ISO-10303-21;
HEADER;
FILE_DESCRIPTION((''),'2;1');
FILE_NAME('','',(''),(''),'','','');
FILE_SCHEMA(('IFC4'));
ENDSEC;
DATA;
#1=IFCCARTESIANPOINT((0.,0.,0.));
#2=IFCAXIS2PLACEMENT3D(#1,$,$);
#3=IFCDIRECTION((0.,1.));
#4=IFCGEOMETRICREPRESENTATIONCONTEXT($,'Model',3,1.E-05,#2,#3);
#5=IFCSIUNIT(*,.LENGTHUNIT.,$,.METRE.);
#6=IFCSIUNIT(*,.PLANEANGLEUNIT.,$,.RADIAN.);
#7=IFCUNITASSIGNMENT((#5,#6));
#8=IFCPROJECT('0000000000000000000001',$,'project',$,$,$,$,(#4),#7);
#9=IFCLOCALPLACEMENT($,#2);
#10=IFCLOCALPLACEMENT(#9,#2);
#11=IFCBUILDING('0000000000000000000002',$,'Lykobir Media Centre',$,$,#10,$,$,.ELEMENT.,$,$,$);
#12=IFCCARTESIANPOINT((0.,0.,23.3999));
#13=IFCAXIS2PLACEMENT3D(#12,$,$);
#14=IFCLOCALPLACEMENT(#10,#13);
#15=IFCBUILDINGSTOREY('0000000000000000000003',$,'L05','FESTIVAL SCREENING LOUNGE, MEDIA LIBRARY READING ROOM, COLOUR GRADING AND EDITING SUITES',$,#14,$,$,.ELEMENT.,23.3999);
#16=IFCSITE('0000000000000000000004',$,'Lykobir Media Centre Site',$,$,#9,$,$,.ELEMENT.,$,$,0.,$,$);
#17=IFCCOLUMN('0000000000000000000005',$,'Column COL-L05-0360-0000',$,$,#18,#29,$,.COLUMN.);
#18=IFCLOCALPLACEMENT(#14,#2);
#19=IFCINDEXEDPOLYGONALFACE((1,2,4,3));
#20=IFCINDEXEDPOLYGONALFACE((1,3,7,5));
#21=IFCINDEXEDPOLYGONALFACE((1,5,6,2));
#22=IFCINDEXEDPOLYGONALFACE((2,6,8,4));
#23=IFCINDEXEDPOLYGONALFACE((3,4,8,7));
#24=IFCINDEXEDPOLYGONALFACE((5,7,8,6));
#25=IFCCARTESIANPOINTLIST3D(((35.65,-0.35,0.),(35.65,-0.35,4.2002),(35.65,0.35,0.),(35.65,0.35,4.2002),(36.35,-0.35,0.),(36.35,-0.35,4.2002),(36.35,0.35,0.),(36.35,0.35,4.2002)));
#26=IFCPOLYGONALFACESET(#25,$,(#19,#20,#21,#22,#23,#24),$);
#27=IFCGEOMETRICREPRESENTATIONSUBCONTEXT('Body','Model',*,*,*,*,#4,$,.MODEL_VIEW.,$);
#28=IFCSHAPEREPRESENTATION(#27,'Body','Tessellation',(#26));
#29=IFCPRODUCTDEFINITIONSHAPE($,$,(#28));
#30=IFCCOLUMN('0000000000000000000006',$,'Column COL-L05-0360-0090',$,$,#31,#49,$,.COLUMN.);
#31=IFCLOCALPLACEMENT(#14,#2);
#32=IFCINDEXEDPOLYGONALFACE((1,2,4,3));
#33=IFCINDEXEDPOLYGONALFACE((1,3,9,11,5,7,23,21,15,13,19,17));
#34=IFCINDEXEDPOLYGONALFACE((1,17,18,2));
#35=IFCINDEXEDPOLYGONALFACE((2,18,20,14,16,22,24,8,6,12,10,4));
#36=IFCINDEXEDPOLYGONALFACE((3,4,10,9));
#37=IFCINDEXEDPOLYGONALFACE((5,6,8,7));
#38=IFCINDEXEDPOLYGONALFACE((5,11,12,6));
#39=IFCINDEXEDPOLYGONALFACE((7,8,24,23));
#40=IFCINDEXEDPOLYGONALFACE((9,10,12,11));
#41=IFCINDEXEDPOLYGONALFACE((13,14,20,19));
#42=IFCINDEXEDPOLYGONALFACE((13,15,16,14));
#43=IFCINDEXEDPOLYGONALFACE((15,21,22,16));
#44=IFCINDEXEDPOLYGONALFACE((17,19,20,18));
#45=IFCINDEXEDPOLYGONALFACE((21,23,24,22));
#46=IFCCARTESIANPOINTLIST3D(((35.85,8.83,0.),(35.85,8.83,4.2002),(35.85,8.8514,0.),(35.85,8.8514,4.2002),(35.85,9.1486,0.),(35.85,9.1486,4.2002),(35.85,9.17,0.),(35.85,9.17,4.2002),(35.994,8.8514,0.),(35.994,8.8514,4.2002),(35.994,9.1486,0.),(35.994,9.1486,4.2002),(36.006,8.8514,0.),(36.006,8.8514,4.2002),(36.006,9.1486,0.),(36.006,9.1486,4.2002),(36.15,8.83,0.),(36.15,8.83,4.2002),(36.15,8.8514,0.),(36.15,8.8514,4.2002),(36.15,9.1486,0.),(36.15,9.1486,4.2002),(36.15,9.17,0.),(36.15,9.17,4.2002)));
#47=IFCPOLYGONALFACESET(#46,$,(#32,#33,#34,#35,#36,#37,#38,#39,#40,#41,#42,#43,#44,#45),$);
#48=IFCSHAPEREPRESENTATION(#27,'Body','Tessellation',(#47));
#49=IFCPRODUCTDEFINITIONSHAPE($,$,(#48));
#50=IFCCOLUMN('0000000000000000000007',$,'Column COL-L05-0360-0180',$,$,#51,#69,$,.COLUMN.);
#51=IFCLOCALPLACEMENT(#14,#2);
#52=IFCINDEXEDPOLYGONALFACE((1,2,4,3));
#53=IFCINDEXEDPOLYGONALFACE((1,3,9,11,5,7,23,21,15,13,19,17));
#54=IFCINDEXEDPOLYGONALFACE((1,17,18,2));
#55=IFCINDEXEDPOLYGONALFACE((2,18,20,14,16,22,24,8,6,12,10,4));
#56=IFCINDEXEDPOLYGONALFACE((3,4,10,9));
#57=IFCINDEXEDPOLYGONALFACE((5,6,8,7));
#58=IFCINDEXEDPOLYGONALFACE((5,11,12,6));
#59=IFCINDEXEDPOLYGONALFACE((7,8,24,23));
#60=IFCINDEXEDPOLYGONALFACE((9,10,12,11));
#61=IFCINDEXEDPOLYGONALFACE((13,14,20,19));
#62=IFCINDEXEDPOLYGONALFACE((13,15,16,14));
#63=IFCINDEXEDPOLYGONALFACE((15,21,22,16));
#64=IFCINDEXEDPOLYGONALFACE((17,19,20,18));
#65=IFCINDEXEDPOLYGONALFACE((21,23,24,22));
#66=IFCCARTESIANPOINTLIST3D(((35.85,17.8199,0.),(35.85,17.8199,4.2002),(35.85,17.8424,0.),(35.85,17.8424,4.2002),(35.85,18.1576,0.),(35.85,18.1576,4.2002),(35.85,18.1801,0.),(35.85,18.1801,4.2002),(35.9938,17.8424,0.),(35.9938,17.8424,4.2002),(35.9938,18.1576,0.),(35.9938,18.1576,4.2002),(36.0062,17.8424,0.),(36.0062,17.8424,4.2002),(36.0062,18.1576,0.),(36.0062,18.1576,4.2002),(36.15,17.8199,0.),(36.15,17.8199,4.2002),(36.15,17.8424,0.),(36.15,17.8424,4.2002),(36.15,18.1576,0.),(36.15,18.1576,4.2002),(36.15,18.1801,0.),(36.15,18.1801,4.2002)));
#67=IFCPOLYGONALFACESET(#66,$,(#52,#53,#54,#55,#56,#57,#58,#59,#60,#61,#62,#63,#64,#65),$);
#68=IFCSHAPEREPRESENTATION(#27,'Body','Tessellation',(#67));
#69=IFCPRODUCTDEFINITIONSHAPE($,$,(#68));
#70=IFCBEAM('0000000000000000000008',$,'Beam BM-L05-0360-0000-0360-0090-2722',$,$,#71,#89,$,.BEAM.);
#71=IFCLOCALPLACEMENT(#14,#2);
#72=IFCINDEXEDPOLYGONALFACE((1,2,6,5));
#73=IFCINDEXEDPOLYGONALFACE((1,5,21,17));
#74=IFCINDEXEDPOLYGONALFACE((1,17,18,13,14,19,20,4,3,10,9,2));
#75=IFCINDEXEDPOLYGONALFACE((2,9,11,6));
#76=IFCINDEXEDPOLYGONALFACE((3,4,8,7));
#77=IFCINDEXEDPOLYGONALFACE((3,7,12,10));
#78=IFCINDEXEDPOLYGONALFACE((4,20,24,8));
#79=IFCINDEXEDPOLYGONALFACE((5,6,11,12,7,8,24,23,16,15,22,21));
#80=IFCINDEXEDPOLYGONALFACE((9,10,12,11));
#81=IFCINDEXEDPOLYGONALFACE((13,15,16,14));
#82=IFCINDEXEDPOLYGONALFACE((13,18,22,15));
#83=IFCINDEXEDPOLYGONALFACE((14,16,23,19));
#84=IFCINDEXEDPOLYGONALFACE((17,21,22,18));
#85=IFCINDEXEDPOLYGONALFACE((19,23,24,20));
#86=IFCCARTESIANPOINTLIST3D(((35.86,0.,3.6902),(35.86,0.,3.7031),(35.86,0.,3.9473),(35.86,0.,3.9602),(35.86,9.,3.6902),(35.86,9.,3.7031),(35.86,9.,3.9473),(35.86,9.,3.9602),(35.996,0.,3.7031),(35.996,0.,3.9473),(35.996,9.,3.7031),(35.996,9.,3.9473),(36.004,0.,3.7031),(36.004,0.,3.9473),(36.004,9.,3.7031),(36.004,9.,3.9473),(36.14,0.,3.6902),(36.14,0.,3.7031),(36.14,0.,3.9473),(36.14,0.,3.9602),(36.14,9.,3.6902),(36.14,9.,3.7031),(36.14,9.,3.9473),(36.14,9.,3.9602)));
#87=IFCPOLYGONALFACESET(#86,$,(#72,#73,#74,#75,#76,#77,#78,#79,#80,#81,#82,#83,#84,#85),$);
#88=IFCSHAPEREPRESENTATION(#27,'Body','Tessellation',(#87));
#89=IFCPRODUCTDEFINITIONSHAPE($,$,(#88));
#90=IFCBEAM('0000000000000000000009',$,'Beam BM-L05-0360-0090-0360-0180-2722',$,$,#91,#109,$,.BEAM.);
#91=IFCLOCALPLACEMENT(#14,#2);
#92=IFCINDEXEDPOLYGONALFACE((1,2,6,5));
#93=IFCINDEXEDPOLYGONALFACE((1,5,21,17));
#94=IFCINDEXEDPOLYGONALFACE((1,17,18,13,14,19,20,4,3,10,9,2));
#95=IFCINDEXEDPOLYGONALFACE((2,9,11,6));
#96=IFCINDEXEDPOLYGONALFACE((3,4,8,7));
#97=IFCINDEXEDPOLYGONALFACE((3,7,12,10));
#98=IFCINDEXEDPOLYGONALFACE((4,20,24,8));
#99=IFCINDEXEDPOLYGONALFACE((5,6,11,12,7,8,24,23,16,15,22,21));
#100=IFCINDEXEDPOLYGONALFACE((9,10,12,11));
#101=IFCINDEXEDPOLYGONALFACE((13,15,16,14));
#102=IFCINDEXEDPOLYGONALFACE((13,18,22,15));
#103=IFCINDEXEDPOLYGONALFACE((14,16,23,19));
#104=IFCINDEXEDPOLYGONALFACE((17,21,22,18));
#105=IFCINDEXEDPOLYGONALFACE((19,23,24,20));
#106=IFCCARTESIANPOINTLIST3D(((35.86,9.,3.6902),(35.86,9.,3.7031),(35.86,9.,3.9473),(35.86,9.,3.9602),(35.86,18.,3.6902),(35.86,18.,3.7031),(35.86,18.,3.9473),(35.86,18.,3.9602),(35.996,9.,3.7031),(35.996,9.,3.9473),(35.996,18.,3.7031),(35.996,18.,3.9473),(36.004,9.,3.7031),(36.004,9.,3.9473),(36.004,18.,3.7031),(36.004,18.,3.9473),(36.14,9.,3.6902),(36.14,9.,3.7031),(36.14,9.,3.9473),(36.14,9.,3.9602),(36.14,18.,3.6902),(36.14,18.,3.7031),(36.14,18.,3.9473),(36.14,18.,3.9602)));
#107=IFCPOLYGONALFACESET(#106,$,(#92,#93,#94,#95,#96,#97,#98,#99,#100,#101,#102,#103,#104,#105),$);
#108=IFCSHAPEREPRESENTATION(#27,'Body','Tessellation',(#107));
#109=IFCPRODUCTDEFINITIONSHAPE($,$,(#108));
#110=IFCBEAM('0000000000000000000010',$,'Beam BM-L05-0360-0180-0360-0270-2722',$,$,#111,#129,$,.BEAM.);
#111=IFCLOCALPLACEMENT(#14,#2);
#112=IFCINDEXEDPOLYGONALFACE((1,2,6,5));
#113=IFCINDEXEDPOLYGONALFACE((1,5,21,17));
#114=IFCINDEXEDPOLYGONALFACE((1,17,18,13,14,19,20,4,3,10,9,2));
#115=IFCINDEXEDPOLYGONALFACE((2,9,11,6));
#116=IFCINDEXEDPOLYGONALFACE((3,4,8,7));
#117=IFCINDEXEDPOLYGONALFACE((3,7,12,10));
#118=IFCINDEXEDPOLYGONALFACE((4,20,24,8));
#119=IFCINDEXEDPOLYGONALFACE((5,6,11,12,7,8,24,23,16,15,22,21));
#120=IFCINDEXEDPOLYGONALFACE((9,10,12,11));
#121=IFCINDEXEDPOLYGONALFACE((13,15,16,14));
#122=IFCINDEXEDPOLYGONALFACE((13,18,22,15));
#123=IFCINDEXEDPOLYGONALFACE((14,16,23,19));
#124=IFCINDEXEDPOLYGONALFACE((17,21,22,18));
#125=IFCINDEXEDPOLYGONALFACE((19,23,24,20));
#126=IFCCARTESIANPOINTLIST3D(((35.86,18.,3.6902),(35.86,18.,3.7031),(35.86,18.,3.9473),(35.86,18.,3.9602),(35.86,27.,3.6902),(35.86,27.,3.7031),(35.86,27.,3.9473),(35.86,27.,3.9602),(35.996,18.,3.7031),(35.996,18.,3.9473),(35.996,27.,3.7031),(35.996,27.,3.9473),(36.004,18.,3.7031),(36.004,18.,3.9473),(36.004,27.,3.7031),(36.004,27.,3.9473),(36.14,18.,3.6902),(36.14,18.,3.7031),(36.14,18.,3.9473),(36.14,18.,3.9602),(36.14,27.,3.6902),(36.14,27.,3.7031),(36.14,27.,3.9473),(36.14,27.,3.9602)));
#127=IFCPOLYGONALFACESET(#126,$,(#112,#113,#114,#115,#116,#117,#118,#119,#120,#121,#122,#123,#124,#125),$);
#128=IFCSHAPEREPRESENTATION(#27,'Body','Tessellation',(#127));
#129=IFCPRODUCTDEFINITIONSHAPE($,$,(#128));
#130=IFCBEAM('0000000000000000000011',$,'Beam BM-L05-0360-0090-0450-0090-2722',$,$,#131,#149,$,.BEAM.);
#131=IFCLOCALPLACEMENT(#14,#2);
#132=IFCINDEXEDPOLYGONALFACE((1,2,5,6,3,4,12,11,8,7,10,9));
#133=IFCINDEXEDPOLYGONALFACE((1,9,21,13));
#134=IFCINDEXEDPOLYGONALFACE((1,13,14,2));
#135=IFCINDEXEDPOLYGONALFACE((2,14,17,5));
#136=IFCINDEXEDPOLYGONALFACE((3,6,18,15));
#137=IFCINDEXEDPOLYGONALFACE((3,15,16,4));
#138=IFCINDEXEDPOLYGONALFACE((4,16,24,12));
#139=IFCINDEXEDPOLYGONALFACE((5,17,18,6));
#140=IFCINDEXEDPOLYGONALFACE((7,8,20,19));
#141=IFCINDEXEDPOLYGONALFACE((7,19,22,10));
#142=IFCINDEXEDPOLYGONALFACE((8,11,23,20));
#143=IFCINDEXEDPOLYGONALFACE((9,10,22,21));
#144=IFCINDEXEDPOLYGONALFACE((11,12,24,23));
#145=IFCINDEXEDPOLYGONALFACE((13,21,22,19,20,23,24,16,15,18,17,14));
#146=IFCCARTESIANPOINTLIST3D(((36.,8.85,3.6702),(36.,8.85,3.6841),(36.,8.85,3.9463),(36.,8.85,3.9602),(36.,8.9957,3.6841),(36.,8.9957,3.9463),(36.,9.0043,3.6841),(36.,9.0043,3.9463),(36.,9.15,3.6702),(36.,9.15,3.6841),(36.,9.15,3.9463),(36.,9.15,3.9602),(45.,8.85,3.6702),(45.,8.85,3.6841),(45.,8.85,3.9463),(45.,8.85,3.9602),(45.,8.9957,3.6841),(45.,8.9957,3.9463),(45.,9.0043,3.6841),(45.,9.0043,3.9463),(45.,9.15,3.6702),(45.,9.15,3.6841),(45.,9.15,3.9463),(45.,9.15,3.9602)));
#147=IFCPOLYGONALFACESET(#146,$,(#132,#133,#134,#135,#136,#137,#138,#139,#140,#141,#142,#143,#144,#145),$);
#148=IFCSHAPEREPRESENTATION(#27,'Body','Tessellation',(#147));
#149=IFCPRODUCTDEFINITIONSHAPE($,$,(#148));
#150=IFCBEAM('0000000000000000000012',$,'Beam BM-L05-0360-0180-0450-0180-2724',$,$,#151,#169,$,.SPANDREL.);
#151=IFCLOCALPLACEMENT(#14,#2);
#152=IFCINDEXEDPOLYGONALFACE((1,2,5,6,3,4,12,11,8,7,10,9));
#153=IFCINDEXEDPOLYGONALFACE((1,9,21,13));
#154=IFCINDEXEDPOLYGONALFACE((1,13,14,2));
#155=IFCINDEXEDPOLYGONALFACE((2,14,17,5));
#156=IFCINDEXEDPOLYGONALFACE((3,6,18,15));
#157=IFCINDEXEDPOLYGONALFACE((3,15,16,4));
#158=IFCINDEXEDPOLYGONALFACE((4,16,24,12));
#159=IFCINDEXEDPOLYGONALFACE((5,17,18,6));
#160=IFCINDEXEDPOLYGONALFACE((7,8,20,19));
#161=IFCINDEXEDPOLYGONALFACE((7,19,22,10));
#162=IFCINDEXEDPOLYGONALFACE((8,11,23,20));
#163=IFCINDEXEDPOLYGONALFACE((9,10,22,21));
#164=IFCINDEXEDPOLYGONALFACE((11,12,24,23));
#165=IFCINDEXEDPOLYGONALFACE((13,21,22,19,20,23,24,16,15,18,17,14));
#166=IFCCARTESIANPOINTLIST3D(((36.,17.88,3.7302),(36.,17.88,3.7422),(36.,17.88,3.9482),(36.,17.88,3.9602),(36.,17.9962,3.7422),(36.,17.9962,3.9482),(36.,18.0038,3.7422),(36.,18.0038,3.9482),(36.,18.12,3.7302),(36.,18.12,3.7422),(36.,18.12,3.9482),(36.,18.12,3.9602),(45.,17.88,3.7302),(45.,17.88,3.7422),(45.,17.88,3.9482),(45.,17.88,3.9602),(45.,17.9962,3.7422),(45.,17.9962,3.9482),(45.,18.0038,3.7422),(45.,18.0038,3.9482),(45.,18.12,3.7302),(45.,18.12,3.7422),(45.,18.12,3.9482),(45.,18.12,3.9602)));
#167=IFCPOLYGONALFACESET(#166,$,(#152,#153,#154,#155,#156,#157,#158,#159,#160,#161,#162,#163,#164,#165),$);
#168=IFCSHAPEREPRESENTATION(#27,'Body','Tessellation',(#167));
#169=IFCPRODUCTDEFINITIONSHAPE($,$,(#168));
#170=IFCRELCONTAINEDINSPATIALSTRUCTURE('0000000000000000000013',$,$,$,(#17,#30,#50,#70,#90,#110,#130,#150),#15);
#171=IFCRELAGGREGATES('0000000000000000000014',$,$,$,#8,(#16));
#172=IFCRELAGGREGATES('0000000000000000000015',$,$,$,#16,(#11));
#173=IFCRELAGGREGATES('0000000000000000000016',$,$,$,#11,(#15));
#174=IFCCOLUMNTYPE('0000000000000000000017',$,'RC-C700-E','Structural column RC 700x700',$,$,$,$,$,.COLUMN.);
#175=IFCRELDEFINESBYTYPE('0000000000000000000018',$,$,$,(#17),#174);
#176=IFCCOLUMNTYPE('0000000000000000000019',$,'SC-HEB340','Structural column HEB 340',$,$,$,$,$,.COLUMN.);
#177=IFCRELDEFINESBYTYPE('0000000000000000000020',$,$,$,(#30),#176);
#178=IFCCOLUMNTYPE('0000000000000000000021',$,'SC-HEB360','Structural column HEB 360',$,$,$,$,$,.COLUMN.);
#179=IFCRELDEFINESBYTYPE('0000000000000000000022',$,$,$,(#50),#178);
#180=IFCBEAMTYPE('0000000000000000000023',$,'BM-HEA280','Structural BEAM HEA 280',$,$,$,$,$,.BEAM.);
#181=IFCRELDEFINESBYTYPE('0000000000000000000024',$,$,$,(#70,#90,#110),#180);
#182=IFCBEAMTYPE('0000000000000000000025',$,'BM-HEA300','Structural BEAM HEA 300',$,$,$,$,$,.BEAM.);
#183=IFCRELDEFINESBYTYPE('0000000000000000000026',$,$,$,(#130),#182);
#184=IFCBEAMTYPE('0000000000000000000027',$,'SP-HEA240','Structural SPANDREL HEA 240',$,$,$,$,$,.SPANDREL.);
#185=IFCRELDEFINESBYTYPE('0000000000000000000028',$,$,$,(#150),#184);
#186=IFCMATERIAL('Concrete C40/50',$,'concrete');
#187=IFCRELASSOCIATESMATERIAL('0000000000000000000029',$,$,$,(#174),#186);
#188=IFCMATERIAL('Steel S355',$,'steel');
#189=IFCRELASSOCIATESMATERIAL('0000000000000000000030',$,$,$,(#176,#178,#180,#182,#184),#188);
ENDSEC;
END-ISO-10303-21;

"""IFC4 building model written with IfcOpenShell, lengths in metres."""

from ifc_helpers import new_model, si_unit, direction, frame, origin, origin_2d, place, context, subcontext, project, spatial, rectangle, i_section, extrude, material, material_profile, profile_set, type_object, element, save


model = new_model("IFC4")

# Units and contexts
model_context = context("Model", 3, precision=1e-05, world=origin(), true_north=direction((0.0, 1.0)))
body_context = subcontext(model_context, "Body", "Model", "MODEL_VIEW")
ifc_project = project(units=[si_unit("LENGTHUNIT", "METRE"), si_unit("PLANEANGLEUNIT", "RADIAN")], contexts=[model_context])

# Site, building, storey
site_placement = place(None, origin())
site = spatial("IfcSite", under=ifc_project, at=site_placement, Name="Lykobir Media Centre Site", CompositionType="ELEMENT", RefElevation=0.0)
building_placement = place(site_placement, origin())
building = spatial("IfcBuilding", under=site, at=building_placement, Name="Lykobir Media Centre", CompositionType="ELEMENT")
storey_placement = place(building_placement, frame((0.0, 0.0, 23.3999)))
storey = spatial("IfcBuildingStorey", under=building, at=storey_placement, Name="L05", Description="FESTIVAL SCREENING LOUNGE, MEDIA LIBRARY READING ROOM, COLOUR GRADING AND EDITING SUITES", CompositionType="ELEMENT", Elevation=23.3999)

# Columns
ifc_material_1 = material(Name="Concrete C40/50", Category="concrete")
ifc_material_profile_1 = material_profile(ifc_material_1, rectangle(XDim=0.7, YDim=0.7, at=origin_2d()), Name="RC 700x700")
ifc_profile_set_1 = profile_set([ifc_material_profile_1], Name="Concrete C40/50")
column_type_1 = type_object("IfcColumnType", Name="RC-C700-E", Description="Structural column RC 700x700", PredefinedType="COLUMN", material=ifc_profile_set_1)
column_1_placement = place(storey_placement, frame((36.0, 0.0, 0.0), z_axis=(0.0, 0.0, 1.0), x_axis=(1.0, 0.0, 0.0)))
element("IfcColumn", 1, at=column_1_placement, inside=storey, type_object=column_type_1, Name="Column COL-L05-0360-0000", PredefinedType="COLUMN", context=body_context, shape_type="SweptSolid", body=[
    extrude(rectangle(XDim=0.7, YDim=0.7, at=origin_2d()), origin(), (0.0, 0.0, 1.0), 4.2002),
])
ifc_material_2 = material(Name="Steel S355", Category="steel")
ifc_material_profile_2 = material_profile(ifc_material_2, i_section(OverallWidth=0.3, OverallDepth=0.3401, WebThickness=0.012, FlangeThickness=0.0215, at=origin_2d()), Name="HEB 340")
ifc_profile_set_2 = profile_set([ifc_material_profile_2], Name="Steel S355")
column_type_2 = type_object("IfcColumnType", Name="SC-HEB340", Description="Structural column HEB 340", PredefinedType="COLUMN", material=ifc_profile_set_2)
column_2_placement = place(storey_placement, frame((36.0, 9.0, 0.0), z_axis=(0.0, 0.0, 1.0), x_axis=(1.0, 0.0, 0.0)))
element("IfcColumn", 2, at=column_2_placement, inside=storey, type_object=column_type_2, Name="Column COL-L05-0360-0090", PredefinedType="COLUMN", context=body_context, shape_type="SweptSolid", body=[
    extrude(i_section(OverallWidth=0.3, OverallDepth=0.3401, WebThickness=0.012, FlangeThickness=0.0215, at=origin_2d()), origin(), (0.0, 0.0, 1.0), 4.2002),
])
ifc_material_profile_3 = material_profile(ifc_material_2, i_section(OverallWidth=0.3, OverallDepth=0.3601, WebThickness=0.0125, FlangeThickness=0.0225, at=origin_2d()), Name="HEB 360")
ifc_profile_set_3 = profile_set([ifc_material_profile_3], Name="Steel S355")
column_type_3 = type_object("IfcColumnType", Name="SC-HEB360", Description="Structural column HEB 360", PredefinedType="COLUMN", material=ifc_profile_set_3)
column_3_placement = place(storey_placement, frame((36.0, 18.0, 0.0), z_axis=(0.0, 0.0, 1.0), x_axis=(1.0, 0.0, 0.0)))
element("IfcColumn", 3, at=column_3_placement, inside=storey, type_object=column_type_3, Name="Column COL-L05-0360-0180", PredefinedType="COLUMN", context=body_context, shape_type="SweptSolid", body=[
    extrude(i_section(OverallWidth=0.3, OverallDepth=0.3601, WebThickness=0.0125, FlangeThickness=0.0225, at=origin_2d()), origin(), (0.0, 0.0, 1.0), 4.2002),
])

# Beams
ifc_material_profile_4 = material_profile(ifc_material_2, i_section(OverallWidth=0.28, OverallDepth=0.27, WebThickness=0.0081, FlangeThickness=0.0129, at=origin_2d()), Name="HEA 280")
ifc_profile_set_4 = profile_set([ifc_material_profile_4], Name="Steel S355")
beam_type_1 = type_object("IfcBeamType", Name="BM-HEA280", Description="Structural BEAM HEA 280", PredefinedType="BEAM", material=ifc_profile_set_4)
for number, where, z_axis, x_axis, name in (
    (4, (36.0, 0.0, 3.8252), (0.0, 1.0, 0.0), (-1.0, 0.0, 0.0), "Beam BM-L05-0360-0000-0360-0090-2722"),
    (5, (36.0, 9.0, 3.8252), (0.0, 1.0, 0.0), (-1.0, 0.0, 0.0), "Beam BM-L05-0360-0090-0360-0180-2722"),
    (6, (36.0, 18.0, 3.8252), (0.0, 1.0, 0.0), (-1.0, 0.0, 0.0), "Beam BM-L05-0360-0180-0360-0270-2722"),
):
    element("IfcBeam", number, at=place(storey_placement, frame(where, z_axis=z_axis, x_axis=x_axis)), inside=storey, type_object=beam_type_1, Name=name, PredefinedType="BEAM", context=body_context, shape_type="SweptSolid", body=[
        extrude(i_section(OverallWidth=0.28, OverallDepth=0.27, WebThickness=0.0081, FlangeThickness=0.0129, at=origin_2d()), origin(), (0.0, 0.0, 1.0), 9.0),
    ])
ifc_material_profile_5 = material_profile(ifc_material_2, i_section(OverallWidth=0.3, OverallDepth=0.29, WebThickness=0.0085, FlangeThickness=0.0139, at=origin_2d()), Name="HEA 300")
ifc_profile_set_5 = profile_set([ifc_material_profile_5], Name="Steel S355")
beam_type_2 = type_object("IfcBeamType", Name="BM-HEA300", Description="Structural BEAM HEA 300", PredefinedType="BEAM", material=ifc_profile_set_5)
beam_1_placement = place(storey_placement, frame((36.0, 9.0, 3.8152), z_axis=(1.0, 0.0, 0.0), x_axis=(0.0, 1.0, 0.0)))
element("IfcBeam", 7, at=beam_1_placement, inside=storey, type_object=beam_type_2, Name="Beam BM-L05-0360-0090-0450-0090-2722", PredefinedType="BEAM", context=body_context, shape_type="SweptSolid", body=[
    extrude(i_section(OverallWidth=0.3, OverallDepth=0.29, WebThickness=0.0085, FlangeThickness=0.0139, at=origin_2d()), origin(), (0.0, 0.0, 1.0), 9.0),
])
ifc_material_profile_6 = material_profile(ifc_material_2, i_section(OverallWidth=0.24, OverallDepth=0.23, WebThickness=0.0076, FlangeThickness=0.012, at=origin_2d()), Name="HEA 240")
ifc_profile_set_6 = profile_set([ifc_material_profile_6], Name="Steel S355")
beam_type_3 = type_object("IfcBeamType", Name="SP-HEA240", Description="Structural SPANDREL HEA 240", PredefinedType="SPANDREL", material=ifc_profile_set_6)
beam_2_placement = place(storey_placement, frame((36.0, 18.0, 3.8452), z_axis=(1.0, 0.0, 0.0), x_axis=(0.0, 1.0, 0.0)))
element("IfcBeam", 8, at=beam_2_placement, inside=storey, type_object=beam_type_3, Name="Beam BM-L05-0360-0180-0450-0180-2724", PredefinedType="SPANDREL", context=body_context, shape_type="SweptSolid", body=[
    extrude(i_section(OverallWidth=0.24, OverallDepth=0.23, WebThickness=0.0076, FlangeThickness=0.012, at=origin_2d()), origin(), (0.0, 0.0, 1.0), 9.0),
])

save(model, "model.ifc")
